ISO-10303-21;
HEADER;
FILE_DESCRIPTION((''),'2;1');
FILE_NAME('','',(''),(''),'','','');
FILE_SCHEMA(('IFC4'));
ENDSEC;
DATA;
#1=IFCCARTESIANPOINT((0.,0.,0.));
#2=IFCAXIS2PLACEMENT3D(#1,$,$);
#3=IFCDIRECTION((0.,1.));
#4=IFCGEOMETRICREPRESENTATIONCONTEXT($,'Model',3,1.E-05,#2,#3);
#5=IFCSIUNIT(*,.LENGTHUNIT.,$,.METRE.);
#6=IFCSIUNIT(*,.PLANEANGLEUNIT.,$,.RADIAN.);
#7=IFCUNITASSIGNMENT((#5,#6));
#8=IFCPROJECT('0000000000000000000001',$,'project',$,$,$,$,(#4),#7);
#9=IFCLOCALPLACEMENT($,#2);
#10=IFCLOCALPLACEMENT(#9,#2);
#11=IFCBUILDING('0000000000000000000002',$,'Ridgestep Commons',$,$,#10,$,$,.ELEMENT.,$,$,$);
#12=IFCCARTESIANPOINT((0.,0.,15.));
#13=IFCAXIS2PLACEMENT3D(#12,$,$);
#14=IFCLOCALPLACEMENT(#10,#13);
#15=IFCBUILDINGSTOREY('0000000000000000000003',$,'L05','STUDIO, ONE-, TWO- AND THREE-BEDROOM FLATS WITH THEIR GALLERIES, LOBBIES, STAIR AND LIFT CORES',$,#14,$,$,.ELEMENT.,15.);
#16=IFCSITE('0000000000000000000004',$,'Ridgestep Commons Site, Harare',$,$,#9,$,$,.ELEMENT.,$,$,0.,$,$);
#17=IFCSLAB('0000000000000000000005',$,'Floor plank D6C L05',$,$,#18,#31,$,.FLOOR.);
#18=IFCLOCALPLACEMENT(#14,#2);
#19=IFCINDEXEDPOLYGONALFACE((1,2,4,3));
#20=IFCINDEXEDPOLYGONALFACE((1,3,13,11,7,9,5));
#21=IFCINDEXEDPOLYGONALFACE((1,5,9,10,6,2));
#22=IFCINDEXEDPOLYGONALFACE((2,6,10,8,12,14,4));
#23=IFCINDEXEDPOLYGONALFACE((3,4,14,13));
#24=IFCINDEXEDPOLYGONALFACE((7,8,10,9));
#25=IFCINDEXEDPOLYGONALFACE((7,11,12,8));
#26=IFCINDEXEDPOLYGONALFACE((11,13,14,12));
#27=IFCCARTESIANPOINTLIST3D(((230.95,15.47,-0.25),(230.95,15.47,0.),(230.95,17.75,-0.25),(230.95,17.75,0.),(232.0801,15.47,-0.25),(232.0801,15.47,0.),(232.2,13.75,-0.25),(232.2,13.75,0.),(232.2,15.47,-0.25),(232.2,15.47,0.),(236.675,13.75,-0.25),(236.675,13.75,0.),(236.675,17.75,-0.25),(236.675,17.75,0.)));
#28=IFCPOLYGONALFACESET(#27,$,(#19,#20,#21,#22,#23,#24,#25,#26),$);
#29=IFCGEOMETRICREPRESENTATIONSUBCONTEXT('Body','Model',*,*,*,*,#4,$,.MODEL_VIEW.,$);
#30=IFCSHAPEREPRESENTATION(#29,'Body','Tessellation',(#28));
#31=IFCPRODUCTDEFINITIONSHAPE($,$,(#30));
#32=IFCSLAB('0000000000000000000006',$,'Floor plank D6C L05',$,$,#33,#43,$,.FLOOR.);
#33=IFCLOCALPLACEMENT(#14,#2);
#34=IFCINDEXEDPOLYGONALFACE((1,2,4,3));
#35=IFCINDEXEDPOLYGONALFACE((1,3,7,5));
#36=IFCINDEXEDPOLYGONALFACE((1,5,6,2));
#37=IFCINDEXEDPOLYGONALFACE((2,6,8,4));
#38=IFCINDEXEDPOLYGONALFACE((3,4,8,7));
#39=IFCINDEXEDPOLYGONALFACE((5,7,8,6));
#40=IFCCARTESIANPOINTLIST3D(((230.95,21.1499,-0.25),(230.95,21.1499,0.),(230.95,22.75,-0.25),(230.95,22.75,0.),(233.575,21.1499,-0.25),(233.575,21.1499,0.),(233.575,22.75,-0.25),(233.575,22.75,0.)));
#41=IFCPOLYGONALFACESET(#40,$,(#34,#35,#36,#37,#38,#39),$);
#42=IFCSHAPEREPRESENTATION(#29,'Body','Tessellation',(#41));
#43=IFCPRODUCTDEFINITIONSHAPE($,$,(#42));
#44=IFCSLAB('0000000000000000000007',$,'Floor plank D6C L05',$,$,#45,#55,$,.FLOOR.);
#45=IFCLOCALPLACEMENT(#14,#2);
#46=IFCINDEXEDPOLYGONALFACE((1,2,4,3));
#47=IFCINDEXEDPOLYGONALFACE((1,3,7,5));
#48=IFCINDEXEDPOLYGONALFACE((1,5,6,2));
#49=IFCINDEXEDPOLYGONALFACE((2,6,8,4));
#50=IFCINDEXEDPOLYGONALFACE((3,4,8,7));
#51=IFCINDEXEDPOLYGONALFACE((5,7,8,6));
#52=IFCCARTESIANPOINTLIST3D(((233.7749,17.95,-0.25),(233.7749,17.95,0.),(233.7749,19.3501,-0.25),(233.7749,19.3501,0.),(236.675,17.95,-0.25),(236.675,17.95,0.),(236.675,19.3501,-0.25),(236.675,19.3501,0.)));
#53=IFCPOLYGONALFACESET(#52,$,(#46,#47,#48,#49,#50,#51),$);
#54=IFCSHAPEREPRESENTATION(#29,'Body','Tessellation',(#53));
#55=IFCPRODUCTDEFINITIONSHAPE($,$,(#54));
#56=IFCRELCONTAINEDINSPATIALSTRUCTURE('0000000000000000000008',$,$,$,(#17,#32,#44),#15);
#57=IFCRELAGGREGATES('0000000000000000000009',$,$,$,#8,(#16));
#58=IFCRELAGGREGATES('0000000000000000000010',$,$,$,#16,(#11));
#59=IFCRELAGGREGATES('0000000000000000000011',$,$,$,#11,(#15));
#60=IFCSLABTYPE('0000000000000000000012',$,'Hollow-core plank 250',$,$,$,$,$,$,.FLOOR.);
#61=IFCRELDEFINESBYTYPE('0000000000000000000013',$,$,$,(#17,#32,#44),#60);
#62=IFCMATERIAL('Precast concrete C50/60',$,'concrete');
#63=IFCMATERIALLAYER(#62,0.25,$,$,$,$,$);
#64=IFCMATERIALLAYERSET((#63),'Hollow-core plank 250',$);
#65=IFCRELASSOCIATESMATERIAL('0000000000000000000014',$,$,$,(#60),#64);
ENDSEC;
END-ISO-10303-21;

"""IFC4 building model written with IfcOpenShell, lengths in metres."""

from ifc_helpers import new_model, si_unit, direction, frame, origin, place, context, subcontext, project, spatial, polyline, outline, extrude, material, layer, layer_set, type_object, element, save


model = new_model("IFC4")

# Units and contexts
model_context = context("Model", 3, precision=1e-05, world=origin(), true_north=direction((0.0, 1.0)))
body_context = subcontext(model_context, "Body", "Model", "MODEL_VIEW")
ifc_project = project(units=[si_unit("LENGTHUNIT", "METRE"), si_unit("PLANEANGLEUNIT", "RADIAN")], contexts=[model_context])

# Site, building, storey
site_placement = place(None, origin())
site = spatial("IfcSite", under=ifc_project, at=site_placement, Name="Ridgestep Commons Site, Harare", CompositionType="ELEMENT", RefElevation=0.0)
building_placement = place(site_placement, origin())
building = spatial("IfcBuilding", under=site, at=building_placement, Name="Ridgestep Commons", CompositionType="ELEMENT")
storey_placement = place(building_placement, frame((0.0, 0.0, 15.0)))
storey = spatial("IfcBuildingStorey", under=building, at=storey_placement, Name="L05", Description="STUDIO, ONE-, TWO- AND THREE-BEDROOM FLATS WITH THEIR GALLERIES, LOBBIES, STAIR AND LIFT CORES", CompositionType="ELEMENT", Elevation=15.0)

# Slabs
ifc_material = material(Name="Precast concrete C50/60", Category="concrete")
ifc_layer = layer(ifc_material, 0.25)
ifc_layer_set = layer_set([ifc_layer], Name="Hollow-core plank 250")
slab_type = type_object("IfcSlabType", Name="Hollow-core plank 250", PredefinedType="FLOOR", material=ifc_layer_set)
slab_1_placement = place(storey_placement, frame((0.0, 0.0, -0.25)))
element("IfcSlab", 1, at=slab_1_placement, inside=storey, type_object=slab_type, Name="Floor plank D6C L05", PredefinedType="FLOOR", context=body_context, shape_type="SweptSolid", body=[
    extrude(outline(polyline([(232.2, 13.75), (236.675, 13.75), (236.675, 17.75), (230.95, 17.75), (230.95, 15.47), (232.0801, 15.47), (232.2, 15.47), (232.2, 13.75)])), origin(), (0.0, 0.0, 1.0), 0.25),
])
slab_2_placement = place(storey_placement, frame((0.0, 0.0, -0.25)))
element("IfcSlab", 2, at=slab_2_placement, inside=storey, type_object=slab_type, Name="Floor plank D6C L05", PredefinedType="FLOOR", context=body_context, shape_type="SweptSolid", body=[
    extrude(outline(polyline([(233.575, 22.75), (230.95, 22.75), (230.95, 21.1499), (233.575, 21.1499), (233.575, 22.75)])), origin(), (0.0, 0.0, 1.0), 0.25),
])
slab_3_placement = place(storey_placement, frame((0.0, 0.0, -0.25)))
element("IfcSlab", 3, at=slab_3_placement, inside=storey, type_object=slab_type, Name="Floor plank D6C L05", PredefinedType="FLOOR", context=body_context, shape_type="SweptSolid", body=[
    extrude(outline(polyline([(236.675, 17.95), (236.675, 19.3501), (233.7749, 19.3501), (233.7749, 17.95), (236.675, 17.95)])), origin(), (0.0, 0.0, 1.0), 0.25),
])

save(model, "model.ifc")
